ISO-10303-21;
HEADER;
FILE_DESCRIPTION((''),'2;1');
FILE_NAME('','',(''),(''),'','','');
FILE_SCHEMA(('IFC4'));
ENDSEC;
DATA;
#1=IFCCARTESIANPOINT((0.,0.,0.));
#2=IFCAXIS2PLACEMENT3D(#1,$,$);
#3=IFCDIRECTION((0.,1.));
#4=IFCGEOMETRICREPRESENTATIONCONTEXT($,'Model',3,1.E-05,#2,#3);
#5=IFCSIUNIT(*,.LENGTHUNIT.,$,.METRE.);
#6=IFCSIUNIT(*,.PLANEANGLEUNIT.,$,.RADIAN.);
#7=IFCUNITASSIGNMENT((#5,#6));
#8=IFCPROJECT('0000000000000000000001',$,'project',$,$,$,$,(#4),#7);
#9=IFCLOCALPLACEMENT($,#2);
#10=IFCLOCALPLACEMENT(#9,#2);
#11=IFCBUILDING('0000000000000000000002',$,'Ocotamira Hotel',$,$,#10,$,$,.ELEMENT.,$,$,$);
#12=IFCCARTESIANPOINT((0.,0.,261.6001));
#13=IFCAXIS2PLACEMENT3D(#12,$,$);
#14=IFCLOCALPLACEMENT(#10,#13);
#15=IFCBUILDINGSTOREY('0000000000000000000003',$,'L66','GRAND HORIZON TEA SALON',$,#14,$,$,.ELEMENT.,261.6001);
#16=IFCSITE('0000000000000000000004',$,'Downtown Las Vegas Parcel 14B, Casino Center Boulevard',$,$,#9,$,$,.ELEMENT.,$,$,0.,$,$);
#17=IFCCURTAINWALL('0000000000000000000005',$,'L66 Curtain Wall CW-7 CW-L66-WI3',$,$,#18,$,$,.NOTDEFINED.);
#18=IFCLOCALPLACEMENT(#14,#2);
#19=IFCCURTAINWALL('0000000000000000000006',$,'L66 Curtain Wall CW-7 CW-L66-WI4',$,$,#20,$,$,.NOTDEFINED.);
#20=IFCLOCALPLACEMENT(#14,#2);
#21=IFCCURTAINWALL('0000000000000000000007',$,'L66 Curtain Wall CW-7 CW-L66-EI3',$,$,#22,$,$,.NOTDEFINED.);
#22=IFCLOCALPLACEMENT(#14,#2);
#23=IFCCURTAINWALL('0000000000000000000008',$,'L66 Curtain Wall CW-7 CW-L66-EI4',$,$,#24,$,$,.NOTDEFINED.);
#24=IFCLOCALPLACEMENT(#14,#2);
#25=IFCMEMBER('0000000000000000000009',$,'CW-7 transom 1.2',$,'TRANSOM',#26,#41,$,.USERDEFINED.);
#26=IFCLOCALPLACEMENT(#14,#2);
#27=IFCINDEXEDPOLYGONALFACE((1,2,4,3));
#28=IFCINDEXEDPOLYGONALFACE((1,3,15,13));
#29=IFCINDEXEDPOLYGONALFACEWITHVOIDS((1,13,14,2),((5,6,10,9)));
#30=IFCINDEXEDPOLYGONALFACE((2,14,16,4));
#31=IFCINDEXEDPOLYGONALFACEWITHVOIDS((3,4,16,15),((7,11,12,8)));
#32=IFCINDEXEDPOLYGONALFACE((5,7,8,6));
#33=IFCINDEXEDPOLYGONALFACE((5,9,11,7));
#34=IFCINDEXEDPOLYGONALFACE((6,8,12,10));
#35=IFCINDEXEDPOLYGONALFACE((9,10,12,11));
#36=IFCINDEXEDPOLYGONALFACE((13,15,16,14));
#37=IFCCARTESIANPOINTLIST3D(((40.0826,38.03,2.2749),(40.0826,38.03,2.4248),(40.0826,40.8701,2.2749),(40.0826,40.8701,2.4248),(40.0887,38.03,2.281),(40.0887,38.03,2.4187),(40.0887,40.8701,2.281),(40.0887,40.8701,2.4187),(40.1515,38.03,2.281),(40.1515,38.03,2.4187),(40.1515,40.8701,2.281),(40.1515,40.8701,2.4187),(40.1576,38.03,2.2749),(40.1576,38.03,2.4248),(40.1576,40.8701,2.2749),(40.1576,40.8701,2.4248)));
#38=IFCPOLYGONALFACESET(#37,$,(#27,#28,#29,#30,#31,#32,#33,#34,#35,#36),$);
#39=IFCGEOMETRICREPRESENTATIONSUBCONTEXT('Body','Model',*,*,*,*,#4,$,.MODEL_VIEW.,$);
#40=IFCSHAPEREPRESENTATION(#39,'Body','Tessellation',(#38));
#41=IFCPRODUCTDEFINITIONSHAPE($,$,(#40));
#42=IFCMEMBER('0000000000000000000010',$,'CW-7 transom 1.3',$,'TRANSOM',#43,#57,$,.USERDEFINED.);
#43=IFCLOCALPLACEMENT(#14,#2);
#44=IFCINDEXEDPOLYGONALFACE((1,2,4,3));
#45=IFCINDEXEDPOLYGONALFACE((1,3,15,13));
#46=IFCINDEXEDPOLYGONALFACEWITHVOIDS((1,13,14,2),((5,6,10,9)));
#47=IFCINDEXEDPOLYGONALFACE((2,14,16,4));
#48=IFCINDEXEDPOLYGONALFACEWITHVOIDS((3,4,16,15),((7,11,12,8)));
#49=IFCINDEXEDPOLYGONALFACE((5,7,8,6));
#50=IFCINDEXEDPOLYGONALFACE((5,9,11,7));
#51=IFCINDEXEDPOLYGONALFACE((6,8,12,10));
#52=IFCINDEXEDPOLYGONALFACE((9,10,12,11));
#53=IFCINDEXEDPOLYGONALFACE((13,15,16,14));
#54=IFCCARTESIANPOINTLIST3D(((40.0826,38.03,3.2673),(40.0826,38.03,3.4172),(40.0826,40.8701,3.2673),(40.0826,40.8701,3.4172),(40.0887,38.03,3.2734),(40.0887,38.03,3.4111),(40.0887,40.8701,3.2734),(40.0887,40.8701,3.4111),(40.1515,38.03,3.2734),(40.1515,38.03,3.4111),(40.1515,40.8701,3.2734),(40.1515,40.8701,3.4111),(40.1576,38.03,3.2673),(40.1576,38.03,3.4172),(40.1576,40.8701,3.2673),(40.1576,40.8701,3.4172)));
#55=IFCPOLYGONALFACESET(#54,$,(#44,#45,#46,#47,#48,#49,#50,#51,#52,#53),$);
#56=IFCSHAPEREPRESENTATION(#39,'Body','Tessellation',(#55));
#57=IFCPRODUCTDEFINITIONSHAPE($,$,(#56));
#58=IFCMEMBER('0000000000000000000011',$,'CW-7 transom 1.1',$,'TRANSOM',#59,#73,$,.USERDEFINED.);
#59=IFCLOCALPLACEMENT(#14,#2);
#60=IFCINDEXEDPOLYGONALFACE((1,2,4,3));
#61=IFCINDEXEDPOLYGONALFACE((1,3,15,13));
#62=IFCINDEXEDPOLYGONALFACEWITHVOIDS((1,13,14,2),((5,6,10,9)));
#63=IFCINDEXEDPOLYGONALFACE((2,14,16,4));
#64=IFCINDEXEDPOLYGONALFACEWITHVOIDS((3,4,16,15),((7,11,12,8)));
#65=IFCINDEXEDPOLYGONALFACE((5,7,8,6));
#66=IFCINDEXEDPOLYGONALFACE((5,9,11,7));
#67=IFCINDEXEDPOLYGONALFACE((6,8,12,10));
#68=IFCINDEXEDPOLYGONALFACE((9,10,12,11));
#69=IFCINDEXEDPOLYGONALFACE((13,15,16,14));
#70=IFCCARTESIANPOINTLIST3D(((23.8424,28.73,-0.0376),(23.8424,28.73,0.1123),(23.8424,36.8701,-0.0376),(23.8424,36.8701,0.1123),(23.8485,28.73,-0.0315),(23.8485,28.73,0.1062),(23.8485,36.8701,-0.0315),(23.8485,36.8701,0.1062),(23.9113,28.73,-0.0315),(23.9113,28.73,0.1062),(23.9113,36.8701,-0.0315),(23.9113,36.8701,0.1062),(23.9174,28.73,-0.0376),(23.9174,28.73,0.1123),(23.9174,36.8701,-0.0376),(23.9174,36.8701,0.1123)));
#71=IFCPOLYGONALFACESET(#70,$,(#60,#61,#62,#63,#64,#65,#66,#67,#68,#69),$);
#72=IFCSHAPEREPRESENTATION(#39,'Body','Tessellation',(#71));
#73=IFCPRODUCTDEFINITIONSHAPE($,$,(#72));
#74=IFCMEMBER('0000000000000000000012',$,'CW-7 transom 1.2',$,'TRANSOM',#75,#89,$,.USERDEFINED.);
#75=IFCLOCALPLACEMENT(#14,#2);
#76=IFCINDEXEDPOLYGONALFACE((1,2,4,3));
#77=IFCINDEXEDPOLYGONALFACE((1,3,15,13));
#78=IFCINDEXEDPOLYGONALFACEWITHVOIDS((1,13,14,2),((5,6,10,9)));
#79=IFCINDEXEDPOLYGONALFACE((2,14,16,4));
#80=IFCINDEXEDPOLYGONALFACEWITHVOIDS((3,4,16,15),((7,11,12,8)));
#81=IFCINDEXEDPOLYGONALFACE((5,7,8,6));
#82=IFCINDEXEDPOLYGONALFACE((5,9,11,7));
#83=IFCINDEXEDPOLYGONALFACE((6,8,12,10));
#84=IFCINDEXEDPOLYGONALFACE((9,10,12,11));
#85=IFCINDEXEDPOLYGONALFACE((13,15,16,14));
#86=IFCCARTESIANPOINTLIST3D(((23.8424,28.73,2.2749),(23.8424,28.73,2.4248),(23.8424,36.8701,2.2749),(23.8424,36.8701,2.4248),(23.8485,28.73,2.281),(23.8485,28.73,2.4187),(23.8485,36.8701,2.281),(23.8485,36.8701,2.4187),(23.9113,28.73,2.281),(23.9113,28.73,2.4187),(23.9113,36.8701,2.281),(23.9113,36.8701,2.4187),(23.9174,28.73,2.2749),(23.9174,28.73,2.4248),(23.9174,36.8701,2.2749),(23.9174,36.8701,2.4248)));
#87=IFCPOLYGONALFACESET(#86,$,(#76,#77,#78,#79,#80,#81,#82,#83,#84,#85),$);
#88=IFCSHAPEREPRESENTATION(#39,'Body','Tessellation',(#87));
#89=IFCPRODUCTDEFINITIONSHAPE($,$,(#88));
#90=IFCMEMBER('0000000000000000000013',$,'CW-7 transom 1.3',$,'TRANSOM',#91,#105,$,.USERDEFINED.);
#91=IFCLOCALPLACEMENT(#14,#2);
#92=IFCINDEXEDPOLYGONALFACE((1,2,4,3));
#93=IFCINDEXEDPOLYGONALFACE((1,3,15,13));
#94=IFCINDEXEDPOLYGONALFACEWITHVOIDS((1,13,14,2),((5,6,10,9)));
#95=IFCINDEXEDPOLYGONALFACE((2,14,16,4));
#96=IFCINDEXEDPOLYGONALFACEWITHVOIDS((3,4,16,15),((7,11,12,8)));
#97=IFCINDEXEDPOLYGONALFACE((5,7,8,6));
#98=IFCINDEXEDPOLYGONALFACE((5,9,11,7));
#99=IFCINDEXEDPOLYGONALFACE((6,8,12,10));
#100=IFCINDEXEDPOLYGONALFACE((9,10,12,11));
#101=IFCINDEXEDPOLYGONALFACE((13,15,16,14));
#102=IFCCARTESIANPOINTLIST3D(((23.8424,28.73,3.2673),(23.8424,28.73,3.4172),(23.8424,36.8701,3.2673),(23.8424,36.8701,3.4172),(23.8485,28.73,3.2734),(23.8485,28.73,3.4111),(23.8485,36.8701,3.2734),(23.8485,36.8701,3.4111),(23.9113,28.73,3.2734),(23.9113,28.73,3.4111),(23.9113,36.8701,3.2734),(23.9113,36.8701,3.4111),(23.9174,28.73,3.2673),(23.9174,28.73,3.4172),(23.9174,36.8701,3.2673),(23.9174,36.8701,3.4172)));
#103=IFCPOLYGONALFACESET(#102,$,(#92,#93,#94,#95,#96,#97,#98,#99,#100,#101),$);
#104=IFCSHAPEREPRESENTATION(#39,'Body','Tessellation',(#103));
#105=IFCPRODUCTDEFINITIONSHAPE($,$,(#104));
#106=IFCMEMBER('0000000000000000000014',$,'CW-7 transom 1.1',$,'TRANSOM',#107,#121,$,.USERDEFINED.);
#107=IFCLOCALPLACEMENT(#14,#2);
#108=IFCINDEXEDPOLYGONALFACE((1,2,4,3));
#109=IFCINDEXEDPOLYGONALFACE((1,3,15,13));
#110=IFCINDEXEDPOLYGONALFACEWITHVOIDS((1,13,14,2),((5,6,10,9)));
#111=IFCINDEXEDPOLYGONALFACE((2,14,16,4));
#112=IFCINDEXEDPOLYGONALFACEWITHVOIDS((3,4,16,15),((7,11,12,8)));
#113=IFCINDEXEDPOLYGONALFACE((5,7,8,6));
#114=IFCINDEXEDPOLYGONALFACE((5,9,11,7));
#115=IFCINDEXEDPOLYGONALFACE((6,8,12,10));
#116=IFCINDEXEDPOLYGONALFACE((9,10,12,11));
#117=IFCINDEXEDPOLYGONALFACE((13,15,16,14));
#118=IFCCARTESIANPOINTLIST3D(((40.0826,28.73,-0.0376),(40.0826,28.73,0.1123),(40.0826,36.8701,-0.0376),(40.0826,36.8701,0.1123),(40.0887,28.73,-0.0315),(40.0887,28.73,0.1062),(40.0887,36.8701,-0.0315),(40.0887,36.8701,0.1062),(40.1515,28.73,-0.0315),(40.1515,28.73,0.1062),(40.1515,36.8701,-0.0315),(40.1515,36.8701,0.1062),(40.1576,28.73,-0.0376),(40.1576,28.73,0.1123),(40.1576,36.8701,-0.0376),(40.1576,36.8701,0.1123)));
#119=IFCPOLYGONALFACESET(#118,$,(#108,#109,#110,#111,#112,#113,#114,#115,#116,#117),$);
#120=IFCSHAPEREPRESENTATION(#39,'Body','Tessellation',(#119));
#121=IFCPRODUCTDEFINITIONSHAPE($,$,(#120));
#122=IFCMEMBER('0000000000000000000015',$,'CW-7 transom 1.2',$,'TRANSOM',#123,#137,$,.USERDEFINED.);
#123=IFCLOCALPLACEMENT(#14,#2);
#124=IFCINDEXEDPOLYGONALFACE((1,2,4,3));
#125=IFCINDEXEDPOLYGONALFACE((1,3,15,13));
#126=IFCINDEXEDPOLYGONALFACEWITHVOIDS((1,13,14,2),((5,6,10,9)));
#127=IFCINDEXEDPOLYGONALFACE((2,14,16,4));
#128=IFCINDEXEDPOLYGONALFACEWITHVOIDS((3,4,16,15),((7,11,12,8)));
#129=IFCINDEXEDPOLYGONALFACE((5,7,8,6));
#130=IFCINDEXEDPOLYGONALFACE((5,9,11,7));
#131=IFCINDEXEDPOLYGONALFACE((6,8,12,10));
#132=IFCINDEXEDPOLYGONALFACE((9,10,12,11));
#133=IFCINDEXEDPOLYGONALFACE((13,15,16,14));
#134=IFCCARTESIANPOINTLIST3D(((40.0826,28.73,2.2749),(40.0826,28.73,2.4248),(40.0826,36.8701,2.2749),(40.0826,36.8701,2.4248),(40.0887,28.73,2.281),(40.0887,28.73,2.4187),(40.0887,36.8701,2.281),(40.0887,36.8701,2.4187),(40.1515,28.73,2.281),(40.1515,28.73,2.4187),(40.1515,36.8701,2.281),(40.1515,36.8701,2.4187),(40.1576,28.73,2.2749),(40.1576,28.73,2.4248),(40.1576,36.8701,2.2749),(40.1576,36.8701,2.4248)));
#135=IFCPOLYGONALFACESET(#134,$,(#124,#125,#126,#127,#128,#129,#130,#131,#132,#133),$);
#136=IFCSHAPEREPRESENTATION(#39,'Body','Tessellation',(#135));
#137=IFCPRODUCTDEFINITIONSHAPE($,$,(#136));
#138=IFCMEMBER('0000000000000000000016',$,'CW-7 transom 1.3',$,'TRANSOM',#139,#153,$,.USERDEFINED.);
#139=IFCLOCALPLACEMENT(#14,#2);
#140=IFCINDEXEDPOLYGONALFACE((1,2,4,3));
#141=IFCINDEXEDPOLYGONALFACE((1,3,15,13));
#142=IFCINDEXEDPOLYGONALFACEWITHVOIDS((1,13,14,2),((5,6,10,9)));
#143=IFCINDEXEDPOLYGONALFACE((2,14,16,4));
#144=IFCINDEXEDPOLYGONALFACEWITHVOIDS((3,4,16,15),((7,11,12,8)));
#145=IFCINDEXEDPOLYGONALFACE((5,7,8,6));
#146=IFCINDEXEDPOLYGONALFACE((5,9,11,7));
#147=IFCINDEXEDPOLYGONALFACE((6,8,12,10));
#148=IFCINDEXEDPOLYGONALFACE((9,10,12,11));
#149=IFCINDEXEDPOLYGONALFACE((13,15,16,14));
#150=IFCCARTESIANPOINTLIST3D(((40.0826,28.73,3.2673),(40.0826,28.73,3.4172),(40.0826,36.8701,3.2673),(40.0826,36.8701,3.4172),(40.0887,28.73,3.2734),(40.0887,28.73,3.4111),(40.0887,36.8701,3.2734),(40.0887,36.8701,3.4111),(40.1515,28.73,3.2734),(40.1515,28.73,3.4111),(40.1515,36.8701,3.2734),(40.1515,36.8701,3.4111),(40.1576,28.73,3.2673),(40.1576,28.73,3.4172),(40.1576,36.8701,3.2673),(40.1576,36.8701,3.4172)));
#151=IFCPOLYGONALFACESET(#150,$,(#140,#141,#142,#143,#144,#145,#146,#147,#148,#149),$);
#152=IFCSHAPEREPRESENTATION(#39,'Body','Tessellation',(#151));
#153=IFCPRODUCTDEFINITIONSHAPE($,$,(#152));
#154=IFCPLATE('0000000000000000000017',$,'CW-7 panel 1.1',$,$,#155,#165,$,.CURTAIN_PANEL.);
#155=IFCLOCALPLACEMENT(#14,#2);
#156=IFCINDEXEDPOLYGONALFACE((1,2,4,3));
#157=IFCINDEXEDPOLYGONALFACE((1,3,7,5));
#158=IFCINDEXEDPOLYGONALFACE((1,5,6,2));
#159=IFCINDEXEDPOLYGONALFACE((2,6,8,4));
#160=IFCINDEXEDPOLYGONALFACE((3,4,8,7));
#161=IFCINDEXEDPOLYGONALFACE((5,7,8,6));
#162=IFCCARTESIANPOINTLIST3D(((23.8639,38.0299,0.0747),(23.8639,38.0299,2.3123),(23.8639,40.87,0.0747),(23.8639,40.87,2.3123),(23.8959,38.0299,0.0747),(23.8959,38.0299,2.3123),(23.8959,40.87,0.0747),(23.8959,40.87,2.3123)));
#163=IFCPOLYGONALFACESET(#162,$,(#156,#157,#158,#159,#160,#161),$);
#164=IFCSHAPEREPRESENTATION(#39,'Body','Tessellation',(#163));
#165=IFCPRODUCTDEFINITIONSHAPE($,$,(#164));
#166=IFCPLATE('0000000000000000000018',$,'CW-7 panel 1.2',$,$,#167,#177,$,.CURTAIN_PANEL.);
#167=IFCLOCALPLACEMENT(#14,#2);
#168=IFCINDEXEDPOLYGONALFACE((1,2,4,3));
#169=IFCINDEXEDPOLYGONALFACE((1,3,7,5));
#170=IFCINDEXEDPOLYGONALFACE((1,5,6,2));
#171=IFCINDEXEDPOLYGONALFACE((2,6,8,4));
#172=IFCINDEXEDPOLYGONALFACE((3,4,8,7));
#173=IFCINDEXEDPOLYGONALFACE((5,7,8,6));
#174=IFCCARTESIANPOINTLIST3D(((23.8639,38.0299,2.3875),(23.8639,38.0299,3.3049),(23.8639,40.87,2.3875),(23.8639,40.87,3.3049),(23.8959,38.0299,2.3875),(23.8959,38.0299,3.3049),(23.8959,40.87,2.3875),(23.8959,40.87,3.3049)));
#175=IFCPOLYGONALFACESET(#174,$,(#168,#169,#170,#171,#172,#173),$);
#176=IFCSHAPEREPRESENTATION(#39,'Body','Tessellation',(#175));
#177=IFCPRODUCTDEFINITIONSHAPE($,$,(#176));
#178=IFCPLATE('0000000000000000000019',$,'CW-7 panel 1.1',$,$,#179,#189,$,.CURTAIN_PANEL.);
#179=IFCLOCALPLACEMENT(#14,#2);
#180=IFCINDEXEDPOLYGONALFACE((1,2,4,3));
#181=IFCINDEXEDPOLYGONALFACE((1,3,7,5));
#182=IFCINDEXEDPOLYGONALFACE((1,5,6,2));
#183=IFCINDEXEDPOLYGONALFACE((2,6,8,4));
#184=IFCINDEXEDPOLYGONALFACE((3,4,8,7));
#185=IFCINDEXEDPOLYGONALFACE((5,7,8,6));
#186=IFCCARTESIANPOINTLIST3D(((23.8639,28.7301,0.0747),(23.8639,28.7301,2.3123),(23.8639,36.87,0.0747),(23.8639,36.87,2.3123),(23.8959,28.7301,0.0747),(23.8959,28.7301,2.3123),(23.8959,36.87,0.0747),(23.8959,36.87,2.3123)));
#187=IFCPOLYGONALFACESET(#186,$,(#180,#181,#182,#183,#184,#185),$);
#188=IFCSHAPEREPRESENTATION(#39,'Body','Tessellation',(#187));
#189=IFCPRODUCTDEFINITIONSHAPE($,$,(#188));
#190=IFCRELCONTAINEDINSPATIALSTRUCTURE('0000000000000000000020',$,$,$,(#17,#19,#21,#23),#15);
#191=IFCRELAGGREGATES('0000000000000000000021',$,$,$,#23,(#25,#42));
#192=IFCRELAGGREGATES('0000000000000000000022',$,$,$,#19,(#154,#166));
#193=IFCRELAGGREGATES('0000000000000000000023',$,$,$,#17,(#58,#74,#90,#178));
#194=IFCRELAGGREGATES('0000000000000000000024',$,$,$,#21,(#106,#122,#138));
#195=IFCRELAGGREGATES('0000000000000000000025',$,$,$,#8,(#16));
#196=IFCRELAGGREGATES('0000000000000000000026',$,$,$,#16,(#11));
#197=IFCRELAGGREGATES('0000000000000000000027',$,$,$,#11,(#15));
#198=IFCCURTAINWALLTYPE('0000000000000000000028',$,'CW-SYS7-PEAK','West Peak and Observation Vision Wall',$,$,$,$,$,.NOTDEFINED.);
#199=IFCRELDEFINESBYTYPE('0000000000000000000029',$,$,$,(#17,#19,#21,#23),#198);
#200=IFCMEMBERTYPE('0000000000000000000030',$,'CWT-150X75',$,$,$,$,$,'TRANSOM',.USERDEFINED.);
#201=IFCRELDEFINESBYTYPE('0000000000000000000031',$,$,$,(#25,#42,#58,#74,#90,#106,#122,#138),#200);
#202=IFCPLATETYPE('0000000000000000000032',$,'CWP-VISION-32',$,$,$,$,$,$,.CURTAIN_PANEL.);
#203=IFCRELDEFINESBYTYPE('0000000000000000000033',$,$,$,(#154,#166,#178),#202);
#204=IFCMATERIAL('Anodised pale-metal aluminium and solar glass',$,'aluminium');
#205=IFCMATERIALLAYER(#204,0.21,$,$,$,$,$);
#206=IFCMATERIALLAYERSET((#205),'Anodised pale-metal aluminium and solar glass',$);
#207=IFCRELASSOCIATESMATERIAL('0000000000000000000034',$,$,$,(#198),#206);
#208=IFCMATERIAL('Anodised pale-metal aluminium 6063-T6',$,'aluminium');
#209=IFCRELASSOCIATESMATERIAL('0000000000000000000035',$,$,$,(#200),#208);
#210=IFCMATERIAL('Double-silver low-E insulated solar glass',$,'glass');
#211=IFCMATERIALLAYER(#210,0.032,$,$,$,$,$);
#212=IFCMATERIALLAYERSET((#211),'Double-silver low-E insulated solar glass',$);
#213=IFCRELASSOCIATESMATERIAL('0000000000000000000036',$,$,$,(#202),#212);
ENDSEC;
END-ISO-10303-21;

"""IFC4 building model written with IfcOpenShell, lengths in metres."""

from ifc_helpers import new_model, si_unit, direction, frame, origin, origin_2d, place, context, subcontext, project, spatial, rectangle, hollow_rectangle, extrude, source, transform, mapped, material, layer, layer_set, material_profile, profile_set, type_object, element, aggregate, save


model = new_model("IFC4")

# Units and contexts
model_context = context("Model", 3, precision=1e-05, world=origin(), true_north=direction((0.0, 1.0)))
body_context = subcontext(model_context, "Body", "Model", "MODEL_VIEW")
ifc_project = project(units=[si_unit("LENGTHUNIT", "METRE"), si_unit("PLANEANGLEUNIT", "RADIAN")], contexts=[model_context])

# Site, building, storey
site_placement = place(None, origin())
site = spatial("IfcSite", under=ifc_project, at=site_placement, Name="Downtown Las Vegas Parcel 14B, Casino Center Boulevard", CompositionType="ELEMENT", RefElevation=0.0)
building_placement = place(site_placement, origin())
building = spatial("IfcBuilding", under=site, at=building_placement, Name="Ocotamira Hotel", CompositionType="ELEMENT")
storey_placement = place(building_placement, frame((0.0, 0.0, 261.6001)))
storey = spatial("IfcBuildingStorey", under=building, at=storey_placement, Name="L66", Description="GRAND HORIZON TEA SALON", CompositionType="ELEMENT", Elevation=261.6001)

# Curtain walls
ifc_material_1 = material(Name="Anodised pale-metal aluminium and solar glass", Category="aluminium")
ifc_layer_1 = layer(ifc_material_1, 0.21)
ifc_layer_set_1 = layer_set([ifc_layer_1], Name="Anodised pale-metal aluminium and solar glass")
curtain_wall_type = type_object("IfcCurtainWallType", Name="CW-SYS7-PEAK", Description="West Peak and Observation Vision Wall", PredefinedType="NOTDEFINED", material=ifc_layer_set_1)
curtain_wall_1_placement = place(storey_placement, origin())
curtain_wall_1 = element("IfcCurtainWall", 1, at=curtain_wall_1_placement, inside=storey, type_object=curtain_wall_type, Name="L66 Curtain Wall CW-7 CW-L66-WI3", PredefinedType="NOTDEFINED")
ifc_material_2 = material(Name="Anodised pale-metal aluminium 6063-T6", Category="aluminium")
curtain_wall_2_placement = place(storey_placement, origin())
curtain_wall_2 = element("IfcCurtainWall", 2, at=curtain_wall_2_placement, inside=storey, type_object=curtain_wall_type, Name="L66 Curtain Wall CW-7 CW-L66-WI4", PredefinedType="NOTDEFINED")
curtain_wall_3_placement = place(storey_placement, origin())
curtain_wall_3 = element("IfcCurtainWall", 3, at=curtain_wall_3_placement, inside=storey, type_object=curtain_wall_type, Name="L66 Curtain Wall CW-7 CW-L66-EI3", PredefinedType="NOTDEFINED")

# Curtain wall
curtain_wall_4_placement = place(storey_placement, origin())
curtain_wall_4 = element("IfcCurtainWall", 4, at=curtain_wall_4_placement, inside=storey, type_object=curtain_wall_type, Name="L66 Curtain Wall CW-7 CW-L66-EI4", PredefinedType="NOTDEFINED")

# Members
ifc_material_profile_1 = material_profile(ifc_material_2, hollow_rectangle(XDim=0.075, YDim=0.1499, WallThickness=0.0061, at=origin_2d()), Name="HSS150X75X6")
ifc_profile_set_1 = profile_set([ifc_material_profile_1], Name="Anodised pale-metal aluminium 6063-T6")
member_type_1 = type_object("IfcMemberType", Name="CWT-150X75", ElementType="TRANSOM", PredefinedType="USERDEFINED", material=ifc_profile_set_1)
shared_shape_1 = source(origin(), body_context, "Body", "SweptSolid", [
    extrude(hollow_rectangle(XDim=0.075, YDim=0.1499, WallThickness=0.0061, at=origin_2d()), origin(), (0.0, 0.0, 1.0), 2.8401),
])
member_1_placement = place(storey_placement, frame((40.1201, 38.03, 2.3499), z_axis=(0.0, 1.0, 0.0), x_axis=(-1.0, 0.0, 0.0)))
member_1 = element("IfcMember", 5, at=member_1_placement, type_object=member_type_1, Name="CW-7 transom 1.2", ObjectType="TRANSOM", PredefinedType="USERDEFINED", context=body_context, shape_type="MappedRepresentation", body=[
    mapped(shared_shape_1, transform((0.0, 0.0, 0.0), scale=1.0)),
])
member_2_placement = place(storey_placement, frame((40.1201, 38.03, 3.3423), z_axis=(0.0, 1.0, 0.0), x_axis=(-1.0, 0.0, 0.0)))
member_2 = element("IfcMember", 6, at=member_2_placement, type_object=member_type_1, Name="CW-7 transom 1.3", ObjectType="TRANSOM", PredefinedType="USERDEFINED", context=body_context, shape_type="MappedRepresentation", body=[
    mapped(shared_shape_1, transform((0.0, 0.0, 0.0), scale=1.0)),
])
aggregate(curtain_wall_4, [member_1, member_2])
shared_shape_2 = source(origin(), body_context, "Body", "SweptSolid", [
    extrude(hollow_rectangle(XDim=0.075, YDim=0.1499, WallThickness=0.0061, at=origin_2d()), origin(), (0.0, 0.0, 1.0), 8.1401),
])
member_3_placement = place(storey_placement, frame((23.8799, 28.73, 0.0374), z_axis=(0.0, 1.0, 0.0), x_axis=(-1.0, 0.0, 0.0)))
member_3 = element("IfcMember", 7, at=member_3_placement, type_object=member_type_1, Name="CW-7 transom 1.1", ObjectType="TRANSOM", PredefinedType="USERDEFINED", context=body_context, shape_type="MappedRepresentation", body=[
    mapped(shared_shape_2, transform((0.0, 0.0, 0.0), scale=1.0)),
])
member_4_placement = place(storey_placement, frame((23.8799, 28.73, 2.3499), z_axis=(0.0, 1.0, 0.0), x_axis=(-1.0, 0.0, 0.0)))
member_4 = element("IfcMember", 8, at=member_4_placement, type_object=member_type_1, Name="CW-7 transom 1.2", ObjectType="TRANSOM", PredefinedType="USERDEFINED", context=body_context, shape_type="MappedRepresentation", body=[
    mapped(shared_shape_2, transform((0.0, 0.0, 0.0), scale=1.0)),
])
member_5_placement = place(storey_placement, frame((23.8799, 28.73, 3.3423), z_axis=(0.0, 1.0, 0.0), x_axis=(-1.0, 0.0, 0.0)))
member_5 = element("IfcMember", 9, at=member_5_placement, type_object=member_type_1, Name="CW-7 transom 1.3", ObjectType="TRANSOM", PredefinedType="USERDEFINED", context=body_context, shape_type="MappedRepresentation", body=[
    mapped(shared_shape_2, transform((0.0, 0.0, 0.0), scale=1.0)),
])
member_6_placement = place(storey_placement, frame((40.1201, 28.73, 0.0374), z_axis=(0.0, 1.0, 0.0), x_axis=(-1.0, 0.0, 0.0)))
member_6 = element("IfcMember", 10, at=member_6_placement, type_object=member_type_1, Name="CW-7 transom 1.1", ObjectType="TRANSOM", PredefinedType="USERDEFINED", context=body_context, shape_type="MappedRepresentation", body=[
    mapped(shared_shape_2, transform((0.0, 0.0, 0.0), scale=1.0)),
])
member_7_placement = place(storey_placement, frame((40.1201, 28.73, 2.3499), z_axis=(0.0, 1.0, 0.0), x_axis=(-1.0, 0.0, 0.0)))
member_7 = element("IfcMember", 11, at=member_7_placement, type_object=member_type_1, Name="CW-7 transom 1.2", ObjectType="TRANSOM", PredefinedType="USERDEFINED", context=body_context, shape_type="MappedRepresentation", body=[
    mapped(shared_shape_2, transform((0.0, 0.0, 0.0), scale=1.0)),
])
member_8_placement = place(storey_placement, frame((40.1201, 28.73, 3.3423), z_axis=(0.0, 1.0, 0.0), x_axis=(-1.0, 0.0, 0.0)))
member_8 = element("IfcMember", 12, at=member_8_placement, type_object=member_type_1, Name="CW-7 transom 1.3", ObjectType="TRANSOM", PredefinedType="USERDEFINED", context=body_context, shape_type="MappedRepresentation", body=[
    mapped(shared_shape_2, transform((0.0, 0.0, 0.0), scale=1.0)),
])

# Plates
ifc_material_3 = material(Name="Double-silver low-E insulated solar glass", Category="glass")
ifc_layer_2 = layer(ifc_material_3, 0.032)
ifc_layer_set_2 = layer_set([ifc_layer_2], Name="Double-silver low-E insulated solar glass")
plate_type = type_object("IfcPlateType", Name="CWP-VISION-32", PredefinedType="CURTAIN_PANEL", material=ifc_layer_set_2)
shared_shape_3 = source(origin(), body_context, "Body", "SweptSolid", [
    extrude(rectangle(XDim=2.8401, YDim=0.032, at=origin_2d()), origin(), (0.0, 0.0, 1.0), 2.2375),
])
plate_1_placement = place(storey_placement, frame((23.8799, 39.45, 0.0747), z_axis=(0.0, 0.0, 1.0), x_axis=(0.0, 1.0, 0.0)))
plate_1 = element("IfcPlate", 13, at=plate_1_placement, type_object=plate_type, Name="CW-7 panel 1.1", PredefinedType="CURTAIN_PANEL", context=body_context, shape_type="MappedRepresentation", body=[
    mapped(shared_shape_3, transform((0.0, 0.0, 0.0), scale=1.0)),
])
shared_shape_4 = source(origin(), body_context, "Body", "SweptSolid", [
    extrude(rectangle(XDim=2.8401, YDim=0.032, at=origin_2d()), origin(), (0.0, 0.0, 1.0), 0.9175),
])
plate_2_placement = place(storey_placement, frame((23.8799, 39.45, 2.3875), z_axis=(0.0, 0.0, 1.0), x_axis=(0.0, 1.0, 0.0)))
plate_2 = element("IfcPlate", 14, at=plate_2_placement, type_object=plate_type, Name="CW-7 panel 1.2", PredefinedType="CURTAIN_PANEL", context=body_context, shape_type="MappedRepresentation", body=[
    mapped(shared_shape_4, transform((0.0, 0.0, 0.0), scale=1.0)),
])
aggregate(curtain_wall_2, [plate_1, plate_2])
shared_shape_5 = source(origin(), body_context, "Body", "SweptSolid", [
    extrude(rectangle(XDim=8.1399, YDim=0.032, at=origin_2d()), origin(), (0.0, 0.0, 1.0), 2.2375),
])
plate_3_placement = place(storey_placement, frame((23.8799, 32.8, 0.0747), z_axis=(0.0, 0.0, 1.0), x_axis=(0.0, 1.0, 0.0)))
plate_3 = element("IfcPlate", 15, at=plate_3_placement, type_object=plate_type, Name="CW-7 panel 1.1", PredefinedType="CURTAIN_PANEL", context=body_context, shape_type="MappedRepresentation", body=[
    mapped(shared_shape_5, transform((0.0, 0.0, 0.0), scale=1.0)),
])
aggregate(curtain_wall_1, [member_3, member_4, member_5, plate_3])
aggregate(curtain_wall_3, [member_6, member_7, member_8])

save(model, "model.ifc")
